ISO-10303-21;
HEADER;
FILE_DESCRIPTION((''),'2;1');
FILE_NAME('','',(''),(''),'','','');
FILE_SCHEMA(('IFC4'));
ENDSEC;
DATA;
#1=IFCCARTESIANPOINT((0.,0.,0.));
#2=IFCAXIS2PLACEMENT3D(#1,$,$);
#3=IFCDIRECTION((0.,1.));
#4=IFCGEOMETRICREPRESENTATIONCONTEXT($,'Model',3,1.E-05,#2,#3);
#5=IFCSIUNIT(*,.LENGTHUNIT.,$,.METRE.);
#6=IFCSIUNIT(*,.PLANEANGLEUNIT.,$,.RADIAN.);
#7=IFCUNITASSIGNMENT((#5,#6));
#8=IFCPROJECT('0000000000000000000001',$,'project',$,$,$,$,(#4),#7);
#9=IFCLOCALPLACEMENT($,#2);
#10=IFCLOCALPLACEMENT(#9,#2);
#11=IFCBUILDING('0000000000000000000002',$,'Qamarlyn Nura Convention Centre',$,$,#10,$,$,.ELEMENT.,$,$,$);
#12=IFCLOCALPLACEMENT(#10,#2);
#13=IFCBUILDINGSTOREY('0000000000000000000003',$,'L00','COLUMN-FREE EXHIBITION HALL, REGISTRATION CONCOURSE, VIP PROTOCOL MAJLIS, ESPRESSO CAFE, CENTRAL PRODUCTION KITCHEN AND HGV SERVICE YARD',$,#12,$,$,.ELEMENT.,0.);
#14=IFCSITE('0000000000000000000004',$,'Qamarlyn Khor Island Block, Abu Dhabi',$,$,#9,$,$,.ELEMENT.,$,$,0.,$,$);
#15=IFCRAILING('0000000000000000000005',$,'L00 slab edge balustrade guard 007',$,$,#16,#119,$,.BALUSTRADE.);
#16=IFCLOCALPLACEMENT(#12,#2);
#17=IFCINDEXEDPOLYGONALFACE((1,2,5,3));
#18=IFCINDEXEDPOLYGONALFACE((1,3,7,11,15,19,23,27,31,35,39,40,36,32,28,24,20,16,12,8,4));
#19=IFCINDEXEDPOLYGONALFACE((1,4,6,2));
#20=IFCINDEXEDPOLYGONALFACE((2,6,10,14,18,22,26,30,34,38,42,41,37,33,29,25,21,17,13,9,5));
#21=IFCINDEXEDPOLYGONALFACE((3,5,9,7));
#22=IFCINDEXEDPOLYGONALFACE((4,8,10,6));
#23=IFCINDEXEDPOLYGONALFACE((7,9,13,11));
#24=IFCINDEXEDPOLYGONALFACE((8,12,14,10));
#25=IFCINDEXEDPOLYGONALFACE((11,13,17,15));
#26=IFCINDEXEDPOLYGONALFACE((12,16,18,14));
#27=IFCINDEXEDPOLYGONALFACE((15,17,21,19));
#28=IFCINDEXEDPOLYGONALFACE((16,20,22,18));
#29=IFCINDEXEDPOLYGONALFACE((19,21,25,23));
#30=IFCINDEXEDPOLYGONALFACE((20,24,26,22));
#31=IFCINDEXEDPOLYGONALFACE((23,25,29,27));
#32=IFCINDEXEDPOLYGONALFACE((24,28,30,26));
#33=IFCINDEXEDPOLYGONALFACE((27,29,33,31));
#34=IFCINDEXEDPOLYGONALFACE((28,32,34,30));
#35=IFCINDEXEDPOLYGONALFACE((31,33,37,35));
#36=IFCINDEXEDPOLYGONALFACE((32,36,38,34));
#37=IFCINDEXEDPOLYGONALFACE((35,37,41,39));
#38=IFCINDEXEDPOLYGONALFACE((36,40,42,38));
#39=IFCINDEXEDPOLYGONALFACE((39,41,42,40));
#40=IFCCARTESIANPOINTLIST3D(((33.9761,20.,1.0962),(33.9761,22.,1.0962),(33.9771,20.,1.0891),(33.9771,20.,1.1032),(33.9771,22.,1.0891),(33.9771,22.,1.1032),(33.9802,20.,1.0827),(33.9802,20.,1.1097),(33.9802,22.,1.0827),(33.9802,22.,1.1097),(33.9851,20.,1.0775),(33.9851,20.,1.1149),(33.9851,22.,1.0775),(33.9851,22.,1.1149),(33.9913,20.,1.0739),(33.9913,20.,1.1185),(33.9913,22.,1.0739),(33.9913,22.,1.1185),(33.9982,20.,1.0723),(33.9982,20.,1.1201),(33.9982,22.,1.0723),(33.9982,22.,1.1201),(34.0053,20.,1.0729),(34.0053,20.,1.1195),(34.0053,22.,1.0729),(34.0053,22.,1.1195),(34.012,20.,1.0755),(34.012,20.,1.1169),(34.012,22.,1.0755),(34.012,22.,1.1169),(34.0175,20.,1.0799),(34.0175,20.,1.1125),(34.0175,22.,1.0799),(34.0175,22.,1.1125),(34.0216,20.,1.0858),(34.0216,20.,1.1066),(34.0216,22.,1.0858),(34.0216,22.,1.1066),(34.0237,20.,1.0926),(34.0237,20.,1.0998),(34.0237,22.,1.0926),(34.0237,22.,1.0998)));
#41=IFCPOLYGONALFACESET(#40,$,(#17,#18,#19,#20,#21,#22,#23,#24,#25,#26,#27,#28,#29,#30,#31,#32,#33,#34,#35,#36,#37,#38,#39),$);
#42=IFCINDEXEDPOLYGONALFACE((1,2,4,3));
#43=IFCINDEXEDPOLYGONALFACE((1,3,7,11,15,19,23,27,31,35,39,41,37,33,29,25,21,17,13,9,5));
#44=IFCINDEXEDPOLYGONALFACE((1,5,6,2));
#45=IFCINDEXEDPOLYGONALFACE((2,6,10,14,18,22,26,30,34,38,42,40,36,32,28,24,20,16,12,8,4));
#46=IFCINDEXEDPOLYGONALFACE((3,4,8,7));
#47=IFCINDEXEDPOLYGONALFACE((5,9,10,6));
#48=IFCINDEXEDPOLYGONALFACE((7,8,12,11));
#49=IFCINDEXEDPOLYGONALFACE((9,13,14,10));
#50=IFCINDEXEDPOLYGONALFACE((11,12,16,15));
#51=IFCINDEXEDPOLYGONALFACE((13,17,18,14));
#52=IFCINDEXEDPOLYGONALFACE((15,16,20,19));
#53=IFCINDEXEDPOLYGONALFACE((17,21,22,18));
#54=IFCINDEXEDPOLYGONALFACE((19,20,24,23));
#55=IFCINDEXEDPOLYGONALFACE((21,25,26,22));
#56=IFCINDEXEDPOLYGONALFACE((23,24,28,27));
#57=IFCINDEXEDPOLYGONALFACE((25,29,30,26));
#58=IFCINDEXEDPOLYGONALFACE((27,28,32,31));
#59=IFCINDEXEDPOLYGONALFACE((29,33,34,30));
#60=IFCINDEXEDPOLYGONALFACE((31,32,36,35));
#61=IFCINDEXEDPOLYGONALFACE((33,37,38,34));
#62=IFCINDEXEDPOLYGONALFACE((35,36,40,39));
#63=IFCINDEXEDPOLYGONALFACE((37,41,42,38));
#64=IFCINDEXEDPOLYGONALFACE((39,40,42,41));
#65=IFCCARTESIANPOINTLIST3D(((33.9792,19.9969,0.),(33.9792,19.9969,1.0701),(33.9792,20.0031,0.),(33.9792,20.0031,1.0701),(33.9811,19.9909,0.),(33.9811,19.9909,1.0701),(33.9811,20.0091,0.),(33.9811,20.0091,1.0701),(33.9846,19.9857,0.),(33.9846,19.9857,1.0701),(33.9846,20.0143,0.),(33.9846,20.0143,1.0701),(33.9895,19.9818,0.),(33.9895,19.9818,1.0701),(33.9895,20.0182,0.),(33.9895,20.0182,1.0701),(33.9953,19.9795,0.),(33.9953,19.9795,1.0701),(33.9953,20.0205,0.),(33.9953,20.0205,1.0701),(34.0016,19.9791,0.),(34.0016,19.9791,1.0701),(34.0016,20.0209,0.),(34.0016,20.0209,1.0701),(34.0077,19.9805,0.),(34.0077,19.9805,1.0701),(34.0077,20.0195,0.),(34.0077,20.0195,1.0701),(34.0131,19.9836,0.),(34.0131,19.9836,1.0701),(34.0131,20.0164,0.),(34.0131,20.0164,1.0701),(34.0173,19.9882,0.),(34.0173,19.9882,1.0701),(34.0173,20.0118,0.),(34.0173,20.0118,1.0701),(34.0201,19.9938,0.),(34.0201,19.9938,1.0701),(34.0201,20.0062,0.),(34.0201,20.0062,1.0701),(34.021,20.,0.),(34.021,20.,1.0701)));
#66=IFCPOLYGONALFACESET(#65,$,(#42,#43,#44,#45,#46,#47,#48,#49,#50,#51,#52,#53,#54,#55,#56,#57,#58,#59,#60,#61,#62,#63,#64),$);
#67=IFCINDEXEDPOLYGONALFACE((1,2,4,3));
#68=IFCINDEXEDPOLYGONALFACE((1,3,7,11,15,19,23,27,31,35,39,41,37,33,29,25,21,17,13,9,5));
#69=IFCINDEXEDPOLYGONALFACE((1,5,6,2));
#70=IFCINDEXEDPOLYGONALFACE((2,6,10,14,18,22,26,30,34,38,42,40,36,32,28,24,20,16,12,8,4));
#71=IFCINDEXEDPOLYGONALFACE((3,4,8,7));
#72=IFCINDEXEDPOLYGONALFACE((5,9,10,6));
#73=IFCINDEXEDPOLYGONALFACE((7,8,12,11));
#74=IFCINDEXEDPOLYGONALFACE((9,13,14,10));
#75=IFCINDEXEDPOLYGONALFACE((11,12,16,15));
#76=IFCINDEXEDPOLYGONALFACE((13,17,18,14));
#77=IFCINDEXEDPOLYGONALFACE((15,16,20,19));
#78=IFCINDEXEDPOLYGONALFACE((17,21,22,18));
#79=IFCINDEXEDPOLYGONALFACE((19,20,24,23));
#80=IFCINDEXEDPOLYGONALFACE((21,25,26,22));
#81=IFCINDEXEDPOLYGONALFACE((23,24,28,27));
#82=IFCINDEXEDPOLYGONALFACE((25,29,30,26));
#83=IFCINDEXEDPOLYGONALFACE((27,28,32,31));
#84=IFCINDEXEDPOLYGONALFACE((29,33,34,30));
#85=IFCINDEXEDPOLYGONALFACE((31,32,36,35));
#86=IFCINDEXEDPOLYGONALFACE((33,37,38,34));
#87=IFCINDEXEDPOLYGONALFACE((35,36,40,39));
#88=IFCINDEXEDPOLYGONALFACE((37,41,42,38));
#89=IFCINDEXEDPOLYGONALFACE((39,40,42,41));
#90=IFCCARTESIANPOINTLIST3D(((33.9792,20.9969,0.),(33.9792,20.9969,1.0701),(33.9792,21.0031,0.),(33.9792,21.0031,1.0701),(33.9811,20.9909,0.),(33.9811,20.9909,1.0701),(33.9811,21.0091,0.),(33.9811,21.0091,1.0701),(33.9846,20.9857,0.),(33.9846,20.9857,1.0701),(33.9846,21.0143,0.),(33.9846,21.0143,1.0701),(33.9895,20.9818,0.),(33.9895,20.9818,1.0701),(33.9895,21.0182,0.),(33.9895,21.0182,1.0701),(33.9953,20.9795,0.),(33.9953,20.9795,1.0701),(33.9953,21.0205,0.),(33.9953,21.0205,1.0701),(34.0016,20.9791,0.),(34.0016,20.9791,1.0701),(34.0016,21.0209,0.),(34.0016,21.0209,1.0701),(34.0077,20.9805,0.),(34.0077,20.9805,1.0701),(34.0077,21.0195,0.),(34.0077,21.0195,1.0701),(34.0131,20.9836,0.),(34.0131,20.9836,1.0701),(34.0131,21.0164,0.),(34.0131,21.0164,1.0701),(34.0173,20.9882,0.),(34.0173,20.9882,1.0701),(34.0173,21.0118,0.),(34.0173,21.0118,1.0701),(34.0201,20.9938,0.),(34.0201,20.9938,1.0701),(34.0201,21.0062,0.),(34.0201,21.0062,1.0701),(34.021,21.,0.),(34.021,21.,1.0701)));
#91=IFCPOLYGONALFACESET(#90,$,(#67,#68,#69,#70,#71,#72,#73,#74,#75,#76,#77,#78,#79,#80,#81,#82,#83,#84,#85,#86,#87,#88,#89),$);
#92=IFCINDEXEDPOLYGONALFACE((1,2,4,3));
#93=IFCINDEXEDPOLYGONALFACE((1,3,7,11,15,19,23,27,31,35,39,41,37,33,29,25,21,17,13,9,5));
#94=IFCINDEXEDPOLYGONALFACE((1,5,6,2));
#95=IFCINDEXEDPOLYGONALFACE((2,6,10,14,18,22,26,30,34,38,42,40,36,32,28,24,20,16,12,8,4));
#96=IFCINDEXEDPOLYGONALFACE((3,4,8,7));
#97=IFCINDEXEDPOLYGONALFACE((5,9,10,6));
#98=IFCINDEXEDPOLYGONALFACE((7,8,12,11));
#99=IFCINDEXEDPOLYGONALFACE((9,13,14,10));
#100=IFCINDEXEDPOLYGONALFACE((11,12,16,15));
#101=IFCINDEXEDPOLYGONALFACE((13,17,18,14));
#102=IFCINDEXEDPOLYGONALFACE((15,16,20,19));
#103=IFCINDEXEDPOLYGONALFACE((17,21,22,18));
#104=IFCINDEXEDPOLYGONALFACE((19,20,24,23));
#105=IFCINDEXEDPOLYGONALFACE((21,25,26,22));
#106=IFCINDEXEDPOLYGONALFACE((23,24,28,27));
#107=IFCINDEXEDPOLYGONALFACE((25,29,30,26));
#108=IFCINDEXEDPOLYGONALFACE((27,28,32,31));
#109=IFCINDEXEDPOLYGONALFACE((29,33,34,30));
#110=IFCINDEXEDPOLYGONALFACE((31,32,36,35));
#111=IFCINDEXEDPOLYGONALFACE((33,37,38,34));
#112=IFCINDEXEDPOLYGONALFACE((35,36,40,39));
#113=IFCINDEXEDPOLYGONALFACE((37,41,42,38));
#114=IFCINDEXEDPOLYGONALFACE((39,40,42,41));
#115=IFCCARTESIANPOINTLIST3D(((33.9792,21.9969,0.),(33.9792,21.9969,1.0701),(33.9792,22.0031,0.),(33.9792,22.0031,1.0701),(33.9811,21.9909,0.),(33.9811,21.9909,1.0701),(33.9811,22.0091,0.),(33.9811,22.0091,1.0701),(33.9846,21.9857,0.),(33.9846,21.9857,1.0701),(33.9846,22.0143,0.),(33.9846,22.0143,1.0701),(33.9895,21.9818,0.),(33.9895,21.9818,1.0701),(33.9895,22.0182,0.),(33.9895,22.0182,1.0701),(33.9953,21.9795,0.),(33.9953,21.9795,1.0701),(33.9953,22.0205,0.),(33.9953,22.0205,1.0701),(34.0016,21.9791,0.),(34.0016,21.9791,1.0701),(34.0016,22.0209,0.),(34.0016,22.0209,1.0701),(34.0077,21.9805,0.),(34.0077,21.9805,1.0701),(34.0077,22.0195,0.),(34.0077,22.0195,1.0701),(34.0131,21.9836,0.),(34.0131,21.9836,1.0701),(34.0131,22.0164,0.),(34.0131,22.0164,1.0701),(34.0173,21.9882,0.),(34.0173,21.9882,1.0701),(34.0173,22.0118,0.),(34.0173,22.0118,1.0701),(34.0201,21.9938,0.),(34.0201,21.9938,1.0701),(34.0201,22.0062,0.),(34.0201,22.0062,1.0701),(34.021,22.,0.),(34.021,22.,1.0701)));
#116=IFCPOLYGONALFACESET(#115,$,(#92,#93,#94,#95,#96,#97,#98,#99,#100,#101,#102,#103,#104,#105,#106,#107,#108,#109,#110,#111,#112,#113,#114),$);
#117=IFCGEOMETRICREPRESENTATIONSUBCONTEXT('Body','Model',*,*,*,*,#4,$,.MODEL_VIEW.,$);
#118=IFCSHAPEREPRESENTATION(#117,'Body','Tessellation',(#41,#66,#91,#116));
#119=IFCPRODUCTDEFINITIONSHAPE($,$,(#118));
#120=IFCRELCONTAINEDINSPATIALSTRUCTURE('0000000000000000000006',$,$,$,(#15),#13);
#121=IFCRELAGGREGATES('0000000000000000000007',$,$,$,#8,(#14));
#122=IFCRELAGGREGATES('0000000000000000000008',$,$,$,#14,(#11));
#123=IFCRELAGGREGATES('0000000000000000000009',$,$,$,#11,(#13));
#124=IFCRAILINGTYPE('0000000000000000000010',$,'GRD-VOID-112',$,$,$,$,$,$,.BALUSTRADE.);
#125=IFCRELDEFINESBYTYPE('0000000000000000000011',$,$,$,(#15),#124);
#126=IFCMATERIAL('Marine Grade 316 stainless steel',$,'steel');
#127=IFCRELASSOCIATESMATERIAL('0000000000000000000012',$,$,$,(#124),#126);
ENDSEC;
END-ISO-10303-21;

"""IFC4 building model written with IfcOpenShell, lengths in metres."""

from ifc_helpers import new_model, si_unit, direction, frame, origin, origin_2d, place, context, subcontext, project, spatial, circle, extrude, material, type_object, element, save


model = new_model("IFC4")

# Units and contexts
model_context = context("Model", 3, precision=1e-05, world=origin(), true_north=direction((0.0, 1.0)))
body_context = subcontext(model_context, "Body", "Model", "MODEL_VIEW")
ifc_project = project(units=[si_unit("LENGTHUNIT", "METRE"), si_unit("PLANEANGLEUNIT", "RADIAN")], contexts=[model_context])

# Site, building, storey
site_placement = place(None, origin())
site = spatial("IfcSite", under=ifc_project, at=site_placement, Name="Qamarlyn Khor Island Block, Abu Dhabi", CompositionType="ELEMENT", RefElevation=0.0)
building_placement = place(site_placement, origin())
building = spatial("IfcBuilding", under=site, at=building_placement, Name="Qamarlyn Nura Convention Centre", CompositionType="ELEMENT")
storey_placement = place(building_placement, origin())
storey = spatial("IfcBuildingStorey", under=building, at=storey_placement, Name="L00", Description="COLUMN-FREE EXHIBITION HALL, REGISTRATION CONCOURSE, VIP PROTOCOL MAJLIS, ESPRESSO CAFE, CENTRAL PRODUCTION KITCHEN AND HGV SERVICE YARD", CompositionType="ELEMENT", Elevation=0.0)

# Railing
ifc_material_1 = material(Name="Marine Grade 316 stainless steel", Category="steel")
railing_type = type_object("IfcRailingType", Name="GRD-VOID-112", PredefinedType="BALUSTRADE", material=ifc_material_1)
railing_1_placement = place(storey_placement, frame((34.0, 20.0, 0.0)))
element("IfcRailing", 1, at=railing_1_placement, inside=storey, type_object=railing_type, Name="L00 slab edge balustrade guard 007", PredefinedType="BALUSTRADE", context=body_context, shape_type="SweptSolid", body=[
    extrude(circle(Radius=0.0239, at=origin_2d()), frame((0.0, 0.0, 1.0962), z_axis=(0.0, 1.0, 0.0), x_axis=(-1.0, 0.0, 0.0)), (0.0, 0.0, 1.0), 2.0),
    extrude(circle(Radius=0.021, at=origin_2d()), origin(), (0.0, 0.0, 1.0), 1.0701),
    extrude(circle(Radius=0.021, at=origin_2d()), frame((0.0, 1.0, 0.0)), (0.0, 0.0, 1.0), 1.0701),
    extrude(circle(Radius=0.021, at=origin_2d()), frame((0.0, 2.0, 0.0)), (0.0, 0.0, 1.0), 1.0701),
])

save(model, "model.ifc")
